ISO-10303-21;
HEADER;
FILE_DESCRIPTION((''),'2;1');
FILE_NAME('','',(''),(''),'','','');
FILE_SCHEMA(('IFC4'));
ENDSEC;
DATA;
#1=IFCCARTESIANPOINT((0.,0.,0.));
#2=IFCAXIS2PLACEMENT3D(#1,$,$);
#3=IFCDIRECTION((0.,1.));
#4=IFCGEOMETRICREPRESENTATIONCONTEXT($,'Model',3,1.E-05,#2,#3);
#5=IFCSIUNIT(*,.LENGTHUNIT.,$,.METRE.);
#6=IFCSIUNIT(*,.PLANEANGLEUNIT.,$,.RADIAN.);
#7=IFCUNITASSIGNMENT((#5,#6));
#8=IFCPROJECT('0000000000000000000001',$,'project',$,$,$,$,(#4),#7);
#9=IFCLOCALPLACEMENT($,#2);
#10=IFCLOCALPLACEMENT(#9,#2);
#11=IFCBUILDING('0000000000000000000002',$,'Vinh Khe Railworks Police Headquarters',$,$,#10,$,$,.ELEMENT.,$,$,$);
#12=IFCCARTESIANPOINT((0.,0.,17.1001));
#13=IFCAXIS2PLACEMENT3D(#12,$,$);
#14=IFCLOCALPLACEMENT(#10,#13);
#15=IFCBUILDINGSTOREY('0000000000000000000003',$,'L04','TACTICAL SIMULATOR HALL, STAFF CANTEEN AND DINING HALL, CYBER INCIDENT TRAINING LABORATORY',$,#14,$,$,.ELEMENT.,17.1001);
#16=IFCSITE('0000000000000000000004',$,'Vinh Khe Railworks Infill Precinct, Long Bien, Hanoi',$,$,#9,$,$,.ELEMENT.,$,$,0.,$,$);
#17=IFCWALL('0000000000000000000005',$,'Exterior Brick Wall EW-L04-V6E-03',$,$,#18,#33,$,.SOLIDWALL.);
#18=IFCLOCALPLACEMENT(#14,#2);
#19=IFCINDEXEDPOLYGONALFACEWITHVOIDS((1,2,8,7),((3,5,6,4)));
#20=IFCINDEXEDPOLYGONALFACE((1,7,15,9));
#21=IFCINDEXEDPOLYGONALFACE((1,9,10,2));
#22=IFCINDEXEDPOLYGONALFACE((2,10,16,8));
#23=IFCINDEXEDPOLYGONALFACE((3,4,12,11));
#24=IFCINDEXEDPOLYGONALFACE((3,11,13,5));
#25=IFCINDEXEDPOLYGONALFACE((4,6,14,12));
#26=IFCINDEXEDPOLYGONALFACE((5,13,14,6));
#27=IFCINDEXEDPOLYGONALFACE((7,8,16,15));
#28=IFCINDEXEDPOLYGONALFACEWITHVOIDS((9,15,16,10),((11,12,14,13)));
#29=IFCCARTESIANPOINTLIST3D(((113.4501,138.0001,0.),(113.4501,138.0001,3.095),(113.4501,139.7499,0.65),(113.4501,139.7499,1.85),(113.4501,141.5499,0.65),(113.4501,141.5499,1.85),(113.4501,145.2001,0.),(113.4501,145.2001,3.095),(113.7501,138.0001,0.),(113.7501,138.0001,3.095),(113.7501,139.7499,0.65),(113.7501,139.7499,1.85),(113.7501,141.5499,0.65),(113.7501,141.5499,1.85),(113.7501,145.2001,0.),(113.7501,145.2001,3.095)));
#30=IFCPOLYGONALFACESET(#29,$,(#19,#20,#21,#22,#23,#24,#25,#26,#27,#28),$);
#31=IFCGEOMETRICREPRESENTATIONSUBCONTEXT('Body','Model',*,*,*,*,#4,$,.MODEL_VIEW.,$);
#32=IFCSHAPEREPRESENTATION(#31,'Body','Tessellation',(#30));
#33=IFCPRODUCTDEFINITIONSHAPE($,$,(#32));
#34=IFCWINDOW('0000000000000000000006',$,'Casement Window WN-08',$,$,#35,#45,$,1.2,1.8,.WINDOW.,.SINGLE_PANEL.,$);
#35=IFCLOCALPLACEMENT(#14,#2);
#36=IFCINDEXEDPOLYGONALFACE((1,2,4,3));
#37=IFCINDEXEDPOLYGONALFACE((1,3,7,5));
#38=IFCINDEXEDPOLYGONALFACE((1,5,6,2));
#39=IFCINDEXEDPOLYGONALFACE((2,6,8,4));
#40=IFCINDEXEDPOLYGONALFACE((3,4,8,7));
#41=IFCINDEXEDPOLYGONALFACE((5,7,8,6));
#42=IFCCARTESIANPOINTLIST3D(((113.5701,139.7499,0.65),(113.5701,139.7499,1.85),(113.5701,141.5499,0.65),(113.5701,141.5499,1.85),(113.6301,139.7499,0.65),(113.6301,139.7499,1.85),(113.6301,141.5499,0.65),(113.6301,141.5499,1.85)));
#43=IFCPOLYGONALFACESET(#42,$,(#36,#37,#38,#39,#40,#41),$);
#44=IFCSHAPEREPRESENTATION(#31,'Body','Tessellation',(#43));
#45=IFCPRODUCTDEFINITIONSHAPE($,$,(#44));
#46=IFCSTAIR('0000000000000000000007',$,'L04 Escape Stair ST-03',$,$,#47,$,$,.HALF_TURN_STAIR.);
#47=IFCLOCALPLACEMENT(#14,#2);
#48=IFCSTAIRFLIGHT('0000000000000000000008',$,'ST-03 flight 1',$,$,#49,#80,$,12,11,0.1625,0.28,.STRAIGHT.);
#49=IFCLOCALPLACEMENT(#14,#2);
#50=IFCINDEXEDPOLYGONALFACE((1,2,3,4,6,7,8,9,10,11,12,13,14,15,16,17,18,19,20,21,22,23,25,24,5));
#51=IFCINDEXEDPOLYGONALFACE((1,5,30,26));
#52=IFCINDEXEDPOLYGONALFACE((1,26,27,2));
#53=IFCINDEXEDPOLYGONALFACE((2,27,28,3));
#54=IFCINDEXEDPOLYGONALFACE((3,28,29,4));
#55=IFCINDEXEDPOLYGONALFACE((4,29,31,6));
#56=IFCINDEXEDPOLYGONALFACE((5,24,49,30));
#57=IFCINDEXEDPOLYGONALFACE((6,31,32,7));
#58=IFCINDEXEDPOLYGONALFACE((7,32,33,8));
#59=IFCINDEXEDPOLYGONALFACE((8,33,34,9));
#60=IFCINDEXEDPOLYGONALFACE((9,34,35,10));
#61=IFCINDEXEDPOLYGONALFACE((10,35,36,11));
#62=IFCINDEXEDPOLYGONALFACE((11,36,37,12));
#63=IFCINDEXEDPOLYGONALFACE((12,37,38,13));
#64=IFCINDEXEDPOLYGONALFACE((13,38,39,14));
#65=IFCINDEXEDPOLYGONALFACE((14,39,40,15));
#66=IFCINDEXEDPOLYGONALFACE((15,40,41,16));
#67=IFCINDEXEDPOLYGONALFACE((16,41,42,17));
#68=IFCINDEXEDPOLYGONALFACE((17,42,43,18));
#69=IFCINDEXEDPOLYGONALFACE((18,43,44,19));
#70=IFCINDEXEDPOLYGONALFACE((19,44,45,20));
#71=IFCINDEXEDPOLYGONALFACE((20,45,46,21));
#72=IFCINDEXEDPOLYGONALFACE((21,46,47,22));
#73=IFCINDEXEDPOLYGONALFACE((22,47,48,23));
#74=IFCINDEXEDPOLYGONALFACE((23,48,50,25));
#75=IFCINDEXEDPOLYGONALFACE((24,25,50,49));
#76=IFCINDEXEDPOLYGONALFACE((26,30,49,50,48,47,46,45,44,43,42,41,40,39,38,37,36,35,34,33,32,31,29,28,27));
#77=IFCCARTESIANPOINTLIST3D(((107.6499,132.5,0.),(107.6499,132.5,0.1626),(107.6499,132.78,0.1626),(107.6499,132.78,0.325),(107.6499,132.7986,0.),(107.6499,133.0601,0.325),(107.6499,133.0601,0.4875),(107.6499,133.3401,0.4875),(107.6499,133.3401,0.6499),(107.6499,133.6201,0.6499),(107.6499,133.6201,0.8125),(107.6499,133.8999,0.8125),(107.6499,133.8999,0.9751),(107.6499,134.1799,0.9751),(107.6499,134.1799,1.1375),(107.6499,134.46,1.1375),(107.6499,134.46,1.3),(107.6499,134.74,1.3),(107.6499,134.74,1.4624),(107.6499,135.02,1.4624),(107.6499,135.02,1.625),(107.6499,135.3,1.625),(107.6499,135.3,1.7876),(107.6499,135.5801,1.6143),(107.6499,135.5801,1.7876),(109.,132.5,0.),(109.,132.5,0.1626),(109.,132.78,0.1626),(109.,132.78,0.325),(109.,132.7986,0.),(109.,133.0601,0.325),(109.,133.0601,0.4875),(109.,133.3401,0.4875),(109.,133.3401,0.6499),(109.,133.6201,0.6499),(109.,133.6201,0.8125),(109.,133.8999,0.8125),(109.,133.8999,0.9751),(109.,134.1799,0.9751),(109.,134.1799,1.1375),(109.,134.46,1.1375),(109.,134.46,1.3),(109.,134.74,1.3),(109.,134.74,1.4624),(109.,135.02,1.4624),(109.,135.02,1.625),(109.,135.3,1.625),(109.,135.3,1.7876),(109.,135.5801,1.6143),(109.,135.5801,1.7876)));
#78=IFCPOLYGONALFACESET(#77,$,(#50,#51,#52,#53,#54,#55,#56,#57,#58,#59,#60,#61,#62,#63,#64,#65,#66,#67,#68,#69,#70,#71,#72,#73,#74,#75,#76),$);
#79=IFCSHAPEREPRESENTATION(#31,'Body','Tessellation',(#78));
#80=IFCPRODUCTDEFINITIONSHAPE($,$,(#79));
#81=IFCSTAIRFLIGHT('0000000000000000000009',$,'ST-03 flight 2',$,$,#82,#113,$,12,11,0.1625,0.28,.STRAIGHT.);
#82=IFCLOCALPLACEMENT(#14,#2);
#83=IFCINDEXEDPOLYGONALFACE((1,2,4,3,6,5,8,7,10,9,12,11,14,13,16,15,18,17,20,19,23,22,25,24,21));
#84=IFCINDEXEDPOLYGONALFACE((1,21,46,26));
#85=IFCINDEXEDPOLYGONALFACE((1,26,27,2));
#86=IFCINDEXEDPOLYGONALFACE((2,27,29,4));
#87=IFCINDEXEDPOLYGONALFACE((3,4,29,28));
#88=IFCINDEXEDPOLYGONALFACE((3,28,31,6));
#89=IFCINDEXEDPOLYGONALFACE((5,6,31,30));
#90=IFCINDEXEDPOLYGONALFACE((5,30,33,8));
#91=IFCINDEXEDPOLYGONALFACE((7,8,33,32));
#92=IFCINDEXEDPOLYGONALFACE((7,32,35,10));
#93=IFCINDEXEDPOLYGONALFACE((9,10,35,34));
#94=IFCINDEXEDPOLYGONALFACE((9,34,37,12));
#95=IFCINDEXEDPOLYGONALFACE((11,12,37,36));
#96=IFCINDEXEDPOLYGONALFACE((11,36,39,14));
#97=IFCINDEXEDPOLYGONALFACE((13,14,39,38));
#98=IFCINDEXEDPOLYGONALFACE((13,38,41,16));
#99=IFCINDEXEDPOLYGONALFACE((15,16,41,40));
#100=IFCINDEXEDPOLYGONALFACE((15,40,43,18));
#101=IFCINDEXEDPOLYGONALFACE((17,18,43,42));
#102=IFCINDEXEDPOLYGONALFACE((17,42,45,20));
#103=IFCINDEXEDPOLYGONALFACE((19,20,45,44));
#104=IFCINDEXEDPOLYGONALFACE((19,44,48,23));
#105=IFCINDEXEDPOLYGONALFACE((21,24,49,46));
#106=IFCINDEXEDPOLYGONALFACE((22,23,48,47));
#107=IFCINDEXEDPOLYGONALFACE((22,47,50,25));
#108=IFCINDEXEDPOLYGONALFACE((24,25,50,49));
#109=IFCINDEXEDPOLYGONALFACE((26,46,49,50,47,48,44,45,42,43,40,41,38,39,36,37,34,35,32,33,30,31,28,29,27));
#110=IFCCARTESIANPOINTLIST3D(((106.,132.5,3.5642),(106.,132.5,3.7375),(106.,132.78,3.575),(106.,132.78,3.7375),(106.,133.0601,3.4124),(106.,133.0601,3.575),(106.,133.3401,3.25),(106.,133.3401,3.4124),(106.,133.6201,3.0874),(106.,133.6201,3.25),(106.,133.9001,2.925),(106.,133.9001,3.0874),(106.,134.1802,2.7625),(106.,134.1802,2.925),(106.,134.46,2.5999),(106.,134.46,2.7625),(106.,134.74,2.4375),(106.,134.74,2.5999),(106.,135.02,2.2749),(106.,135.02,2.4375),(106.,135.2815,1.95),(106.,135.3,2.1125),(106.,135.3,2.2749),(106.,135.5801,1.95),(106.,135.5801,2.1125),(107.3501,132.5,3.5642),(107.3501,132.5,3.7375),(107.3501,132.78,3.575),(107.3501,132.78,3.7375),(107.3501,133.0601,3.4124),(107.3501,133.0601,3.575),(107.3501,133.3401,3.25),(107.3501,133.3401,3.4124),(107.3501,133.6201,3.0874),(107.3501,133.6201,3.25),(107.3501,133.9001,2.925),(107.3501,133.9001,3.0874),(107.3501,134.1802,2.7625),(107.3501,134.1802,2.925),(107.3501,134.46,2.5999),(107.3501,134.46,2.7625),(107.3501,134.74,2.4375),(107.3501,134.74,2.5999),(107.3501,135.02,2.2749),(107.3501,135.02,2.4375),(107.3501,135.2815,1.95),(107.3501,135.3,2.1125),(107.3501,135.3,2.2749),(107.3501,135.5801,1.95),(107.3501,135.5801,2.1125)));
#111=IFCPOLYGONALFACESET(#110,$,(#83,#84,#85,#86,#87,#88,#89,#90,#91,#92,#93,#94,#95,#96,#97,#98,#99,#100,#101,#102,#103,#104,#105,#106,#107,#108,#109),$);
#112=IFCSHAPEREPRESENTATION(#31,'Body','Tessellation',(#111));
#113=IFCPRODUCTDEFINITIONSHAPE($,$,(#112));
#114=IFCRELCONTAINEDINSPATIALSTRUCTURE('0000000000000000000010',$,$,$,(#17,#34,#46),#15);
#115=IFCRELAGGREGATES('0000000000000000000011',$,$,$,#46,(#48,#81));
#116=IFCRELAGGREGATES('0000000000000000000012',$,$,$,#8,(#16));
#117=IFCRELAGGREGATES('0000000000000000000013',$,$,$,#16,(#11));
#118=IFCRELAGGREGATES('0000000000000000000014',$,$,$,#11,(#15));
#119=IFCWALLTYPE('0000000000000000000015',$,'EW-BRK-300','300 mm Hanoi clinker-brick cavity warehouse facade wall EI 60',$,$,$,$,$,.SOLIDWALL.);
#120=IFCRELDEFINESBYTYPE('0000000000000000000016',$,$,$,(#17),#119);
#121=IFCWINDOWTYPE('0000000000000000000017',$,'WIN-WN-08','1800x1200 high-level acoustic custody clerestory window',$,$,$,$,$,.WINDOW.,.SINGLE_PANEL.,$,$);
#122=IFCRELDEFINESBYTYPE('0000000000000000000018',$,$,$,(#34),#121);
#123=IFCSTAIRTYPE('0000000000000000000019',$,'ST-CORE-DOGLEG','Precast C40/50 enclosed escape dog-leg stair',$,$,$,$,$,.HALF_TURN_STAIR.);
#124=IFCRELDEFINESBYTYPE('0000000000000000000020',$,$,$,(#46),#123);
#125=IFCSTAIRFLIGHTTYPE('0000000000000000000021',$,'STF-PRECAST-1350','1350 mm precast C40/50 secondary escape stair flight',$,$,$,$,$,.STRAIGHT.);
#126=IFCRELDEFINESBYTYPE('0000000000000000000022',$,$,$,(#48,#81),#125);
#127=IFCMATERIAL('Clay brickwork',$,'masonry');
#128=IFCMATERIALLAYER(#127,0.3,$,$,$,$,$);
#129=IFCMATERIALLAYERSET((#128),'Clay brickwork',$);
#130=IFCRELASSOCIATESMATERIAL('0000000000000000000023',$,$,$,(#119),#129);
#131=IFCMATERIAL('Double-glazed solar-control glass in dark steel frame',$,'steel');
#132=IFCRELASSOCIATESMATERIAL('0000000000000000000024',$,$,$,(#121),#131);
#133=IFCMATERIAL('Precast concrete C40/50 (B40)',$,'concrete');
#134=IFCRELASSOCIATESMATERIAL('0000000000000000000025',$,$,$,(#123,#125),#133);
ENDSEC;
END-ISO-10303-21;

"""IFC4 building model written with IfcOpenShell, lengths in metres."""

from ifc_helpers import new_model, si_unit, direction, frame, frame_2d, origin, place, context, subcontext, project, spatial, polyline, rectangle, outline, extrude, material, layer, layer_set, type_object, element, fill, aggregate, save


model = new_model("IFC4")

# Units and contexts
model_context = context("Model", 3, precision=1e-05, world=origin(), true_north=direction((0.0, 1.0)))
body_context = subcontext(model_context, "Body", "Model", "MODEL_VIEW")
ifc_project = project(units=[si_unit("LENGTHUNIT", "METRE"), si_unit("PLANEANGLEUNIT", "RADIAN")], contexts=[model_context])

# Site, building, storey
site_placement = place(None, origin())
site = spatial("IfcSite", under=ifc_project, at=site_placement, Name="Vinh Khe Railworks Infill Precinct, Long Bien, Hanoi", CompositionType="ELEMENT", RefElevation=0.0)
building_placement = place(site_placement, origin())
building = spatial("IfcBuilding", under=site, at=building_placement, Name="Vinh Khe Railworks Police Headquarters", CompositionType="ELEMENT")
storey_placement = place(building_placement, frame((0.0, 0.0, 17.1001)))
storey = spatial("IfcBuildingStorey", under=building, at=storey_placement, Name="L04", Description="TACTICAL SIMULATOR HALL, STAFF CANTEEN AND DINING HALL, CYBER INCIDENT TRAINING LABORATORY", CompositionType="ELEMENT", Elevation=17.1001)

# Wall, opening, window
ifc_material_1 = material(Name="Clay brickwork", Category="masonry")
ifc_layer_1 = layer(ifc_material_1, 0.3)
ifc_layer_set_1 = layer_set([ifc_layer_1], Name="Clay brickwork")
wall_type_1 = type_object("IfcWallType", Name="EW-BRK-300", Description="300 mm Hanoi clinker-brick cavity warehouse facade wall EI 60", PredefinedType="SOLIDWALL", material=ifc_layer_set_1)
ifc_material_2 = material(Name="Double-glazed solar-control glass in dark steel frame", Category="steel")
wall_1_placement = place(storey_placement, frame((113.6001, 138.0, 0.0), z_axis=(0.0, 0.0, 1.0), x_axis=(0.0, 1.0, 0.0)))
wall_1 = element("IfcWall", 1, at=wall_1_placement, inside=storey, type_object=wall_type_1, Name="Exterior Brick Wall EW-L04-V6E-03", PredefinedType="SOLIDWALL", context=body_context, shape_type="SweptSolid", body=[
    extrude(rectangle(XDim=7.2, YDim=0.3, at=frame_2d((3.6001, 0.0))), origin(), (0.0, 0.0, 1.0), 3.095),
])
opening_1_placement = place(wall_1_placement, frame((1.75, 0.0, 0.6499)))
opening_1 = element("IfcOpeningElement", 2, at=opening_1_placement, cuts=wall_1, PredefinedType="OPENING", context=body_context, shape_type="SweptSolid", body=[
    extrude(rectangle(XDim=1.8, YDim=1.2, at=frame_2d((0.8999, 0.6001))), frame((0.0, 0.165, 0.0), z_axis=(0.0, -1.0, 0.0), x_axis=(1.0, 0.0, 0.0)), (0.0, 0.0, 1.0), 0.3298),
])
window_type_1 = type_object("IfcWindowType", Name="WIN-WN-08", Description="1800x1200 high-level acoustic custody clerestory window", PartitioningType="SINGLE_PANEL", PredefinedType="WINDOW", material=ifc_material_2)
window_1_placement = place(opening_1_placement, origin())
window_1 = element("IfcWindow", 3, at=window_1_placement, inside=storey, type_object=window_type_1, Name="Casement Window WN-08", OverallHeight=1.2, OverallWidth=1.8, PartitioningType="SINGLE_PANEL", PredefinedType="WINDOW", context=body_context, shape_type="SweptSolid", body=[
    extrude(rectangle(XDim=1.8, YDim=1.2, at=frame_2d((0.8999, 0.6001))), frame((0.0, 0.03, 0.0), z_axis=(0.0, -1.0, 0.0), x_axis=(1.0, 0.0, 0.0)), (0.0, 0.0, 1.0), 0.0601),
])
fill(opening_1, window_1)

# Stair, stair flights
ifc_material_3 = material(Name="Precast concrete C40/50 (B40)", Category="concrete")
stair_type = type_object("IfcStairType", Name="ST-CORE-DOGLEG", Description="Precast C40/50 enclosed escape dog-leg stair", PredefinedType="HALF_TURN_STAIR", material=ifc_material_3)
stair_placement = place(storey_placement, origin())
stair = element("IfcStair", 4, at=stair_placement, inside=storey, type_object=stair_type, Name="L04 Escape Stair ST-03", PredefinedType="HALF_TURN_STAIR")
stair_flight_type = type_object("IfcStairFlightType", Name="STF-PRECAST-1350", Description="1350 mm precast C40/50 secondary escape stair flight", PredefinedType="STRAIGHT", material=ifc_material_3)
stair_flight_1_placement = place(storey_placement, frame((108.325, 132.5, 0.0), z_axis=(0.0, 0.0, 1.0), x_axis=(0.0, 1.0, 0.0)))
stair_flight_1 = element("IfcStairFlight", 5, at=stair_flight_1_placement, type_object=stair_flight_type, Name="ST-03 flight 1", NumberOfRisers=12, NumberOfTreads=11, PredefinedType="STRAIGHT", RiserHeight=0.1625, TreadLength=0.28, context=body_context, shape_type="SweptSolid", body=[
    extrude(outline(polyline([(0.0, 0.0), (0.0, 0.1626), (0.28, 0.1626), (0.28, 0.325), (0.5601, 0.325), (0.5601, 0.4875), (0.8401, 0.4875), (0.8401, 0.6499), (1.1201, 0.6499), (1.1201, 0.8125), (1.3999, 0.8125), (1.3999, 0.9751), (1.6799, 0.9751), (1.6799, 1.1375), (1.96, 1.1375), (1.96, 1.3), (2.24, 1.3), (2.24, 1.4624), (2.52, 1.4624), (2.52, 1.625), (2.8, 1.625), (2.8, 1.7876), (3.0801, 1.7876), (3.0801, 1.95), (3.0801, 1.6143), (0.2986, 0.0), (0.0, 0.0)])), frame((0.0, 0.675, 0.0), z_axis=(0.0, -1.0, 0.0), x_axis=(1.0, 0.0, 0.0)), (0.0, 0.0, 1.0), 1.3501),
])
stair_flight_2_placement = place(storey_placement, frame((106.675, 135.5801, 1.95), z_axis=(0.0, 0.0, 1.0), x_axis=(0.0, -1.0, 0.0)))
stair_flight_2 = element("IfcStairFlight", 6, at=stair_flight_2_placement, type_object=stair_flight_type, Name="ST-03 flight 2", NumberOfRisers=12, NumberOfTreads=11, PredefinedType="STRAIGHT", RiserHeight=0.1625, TreadLength=0.28, context=body_context, shape_type="SweptSolid", body=[
    extrude(outline(polyline([(0.0, 0.0), (0.0, 0.1626), (0.28, 0.1626), (0.28, 0.325), (0.5601, 0.325), (0.5601, 0.4875), (0.8401, 0.4875), (0.8401, 0.6499), (1.1201, 0.6499), (1.1201, 0.8125), (1.3999, 0.8125), (1.3999, 0.9751), (1.6799, 0.9751), (1.6799, 1.1375), (1.96, 1.1375), (1.96, 1.3), (2.24, 1.3), (2.24, 1.4624), (2.52, 1.4624), (2.52, 1.625), (2.8, 1.625), (2.8, 1.7876), (3.0801, 1.7876), (3.0801, 1.95), (3.0801, 1.6143), (0.2986, 0.0), (0.0, 0.0)])), frame((0.0, 0.675, 0.0), z_axis=(0.0, -1.0, 0.0), x_axis=(1.0, 0.0, 0.0)), (0.0, 0.0, 1.0), 1.3501),
])
aggregate(stair, [stair_flight_1, stair_flight_2])

save(model, "model.ifc")
